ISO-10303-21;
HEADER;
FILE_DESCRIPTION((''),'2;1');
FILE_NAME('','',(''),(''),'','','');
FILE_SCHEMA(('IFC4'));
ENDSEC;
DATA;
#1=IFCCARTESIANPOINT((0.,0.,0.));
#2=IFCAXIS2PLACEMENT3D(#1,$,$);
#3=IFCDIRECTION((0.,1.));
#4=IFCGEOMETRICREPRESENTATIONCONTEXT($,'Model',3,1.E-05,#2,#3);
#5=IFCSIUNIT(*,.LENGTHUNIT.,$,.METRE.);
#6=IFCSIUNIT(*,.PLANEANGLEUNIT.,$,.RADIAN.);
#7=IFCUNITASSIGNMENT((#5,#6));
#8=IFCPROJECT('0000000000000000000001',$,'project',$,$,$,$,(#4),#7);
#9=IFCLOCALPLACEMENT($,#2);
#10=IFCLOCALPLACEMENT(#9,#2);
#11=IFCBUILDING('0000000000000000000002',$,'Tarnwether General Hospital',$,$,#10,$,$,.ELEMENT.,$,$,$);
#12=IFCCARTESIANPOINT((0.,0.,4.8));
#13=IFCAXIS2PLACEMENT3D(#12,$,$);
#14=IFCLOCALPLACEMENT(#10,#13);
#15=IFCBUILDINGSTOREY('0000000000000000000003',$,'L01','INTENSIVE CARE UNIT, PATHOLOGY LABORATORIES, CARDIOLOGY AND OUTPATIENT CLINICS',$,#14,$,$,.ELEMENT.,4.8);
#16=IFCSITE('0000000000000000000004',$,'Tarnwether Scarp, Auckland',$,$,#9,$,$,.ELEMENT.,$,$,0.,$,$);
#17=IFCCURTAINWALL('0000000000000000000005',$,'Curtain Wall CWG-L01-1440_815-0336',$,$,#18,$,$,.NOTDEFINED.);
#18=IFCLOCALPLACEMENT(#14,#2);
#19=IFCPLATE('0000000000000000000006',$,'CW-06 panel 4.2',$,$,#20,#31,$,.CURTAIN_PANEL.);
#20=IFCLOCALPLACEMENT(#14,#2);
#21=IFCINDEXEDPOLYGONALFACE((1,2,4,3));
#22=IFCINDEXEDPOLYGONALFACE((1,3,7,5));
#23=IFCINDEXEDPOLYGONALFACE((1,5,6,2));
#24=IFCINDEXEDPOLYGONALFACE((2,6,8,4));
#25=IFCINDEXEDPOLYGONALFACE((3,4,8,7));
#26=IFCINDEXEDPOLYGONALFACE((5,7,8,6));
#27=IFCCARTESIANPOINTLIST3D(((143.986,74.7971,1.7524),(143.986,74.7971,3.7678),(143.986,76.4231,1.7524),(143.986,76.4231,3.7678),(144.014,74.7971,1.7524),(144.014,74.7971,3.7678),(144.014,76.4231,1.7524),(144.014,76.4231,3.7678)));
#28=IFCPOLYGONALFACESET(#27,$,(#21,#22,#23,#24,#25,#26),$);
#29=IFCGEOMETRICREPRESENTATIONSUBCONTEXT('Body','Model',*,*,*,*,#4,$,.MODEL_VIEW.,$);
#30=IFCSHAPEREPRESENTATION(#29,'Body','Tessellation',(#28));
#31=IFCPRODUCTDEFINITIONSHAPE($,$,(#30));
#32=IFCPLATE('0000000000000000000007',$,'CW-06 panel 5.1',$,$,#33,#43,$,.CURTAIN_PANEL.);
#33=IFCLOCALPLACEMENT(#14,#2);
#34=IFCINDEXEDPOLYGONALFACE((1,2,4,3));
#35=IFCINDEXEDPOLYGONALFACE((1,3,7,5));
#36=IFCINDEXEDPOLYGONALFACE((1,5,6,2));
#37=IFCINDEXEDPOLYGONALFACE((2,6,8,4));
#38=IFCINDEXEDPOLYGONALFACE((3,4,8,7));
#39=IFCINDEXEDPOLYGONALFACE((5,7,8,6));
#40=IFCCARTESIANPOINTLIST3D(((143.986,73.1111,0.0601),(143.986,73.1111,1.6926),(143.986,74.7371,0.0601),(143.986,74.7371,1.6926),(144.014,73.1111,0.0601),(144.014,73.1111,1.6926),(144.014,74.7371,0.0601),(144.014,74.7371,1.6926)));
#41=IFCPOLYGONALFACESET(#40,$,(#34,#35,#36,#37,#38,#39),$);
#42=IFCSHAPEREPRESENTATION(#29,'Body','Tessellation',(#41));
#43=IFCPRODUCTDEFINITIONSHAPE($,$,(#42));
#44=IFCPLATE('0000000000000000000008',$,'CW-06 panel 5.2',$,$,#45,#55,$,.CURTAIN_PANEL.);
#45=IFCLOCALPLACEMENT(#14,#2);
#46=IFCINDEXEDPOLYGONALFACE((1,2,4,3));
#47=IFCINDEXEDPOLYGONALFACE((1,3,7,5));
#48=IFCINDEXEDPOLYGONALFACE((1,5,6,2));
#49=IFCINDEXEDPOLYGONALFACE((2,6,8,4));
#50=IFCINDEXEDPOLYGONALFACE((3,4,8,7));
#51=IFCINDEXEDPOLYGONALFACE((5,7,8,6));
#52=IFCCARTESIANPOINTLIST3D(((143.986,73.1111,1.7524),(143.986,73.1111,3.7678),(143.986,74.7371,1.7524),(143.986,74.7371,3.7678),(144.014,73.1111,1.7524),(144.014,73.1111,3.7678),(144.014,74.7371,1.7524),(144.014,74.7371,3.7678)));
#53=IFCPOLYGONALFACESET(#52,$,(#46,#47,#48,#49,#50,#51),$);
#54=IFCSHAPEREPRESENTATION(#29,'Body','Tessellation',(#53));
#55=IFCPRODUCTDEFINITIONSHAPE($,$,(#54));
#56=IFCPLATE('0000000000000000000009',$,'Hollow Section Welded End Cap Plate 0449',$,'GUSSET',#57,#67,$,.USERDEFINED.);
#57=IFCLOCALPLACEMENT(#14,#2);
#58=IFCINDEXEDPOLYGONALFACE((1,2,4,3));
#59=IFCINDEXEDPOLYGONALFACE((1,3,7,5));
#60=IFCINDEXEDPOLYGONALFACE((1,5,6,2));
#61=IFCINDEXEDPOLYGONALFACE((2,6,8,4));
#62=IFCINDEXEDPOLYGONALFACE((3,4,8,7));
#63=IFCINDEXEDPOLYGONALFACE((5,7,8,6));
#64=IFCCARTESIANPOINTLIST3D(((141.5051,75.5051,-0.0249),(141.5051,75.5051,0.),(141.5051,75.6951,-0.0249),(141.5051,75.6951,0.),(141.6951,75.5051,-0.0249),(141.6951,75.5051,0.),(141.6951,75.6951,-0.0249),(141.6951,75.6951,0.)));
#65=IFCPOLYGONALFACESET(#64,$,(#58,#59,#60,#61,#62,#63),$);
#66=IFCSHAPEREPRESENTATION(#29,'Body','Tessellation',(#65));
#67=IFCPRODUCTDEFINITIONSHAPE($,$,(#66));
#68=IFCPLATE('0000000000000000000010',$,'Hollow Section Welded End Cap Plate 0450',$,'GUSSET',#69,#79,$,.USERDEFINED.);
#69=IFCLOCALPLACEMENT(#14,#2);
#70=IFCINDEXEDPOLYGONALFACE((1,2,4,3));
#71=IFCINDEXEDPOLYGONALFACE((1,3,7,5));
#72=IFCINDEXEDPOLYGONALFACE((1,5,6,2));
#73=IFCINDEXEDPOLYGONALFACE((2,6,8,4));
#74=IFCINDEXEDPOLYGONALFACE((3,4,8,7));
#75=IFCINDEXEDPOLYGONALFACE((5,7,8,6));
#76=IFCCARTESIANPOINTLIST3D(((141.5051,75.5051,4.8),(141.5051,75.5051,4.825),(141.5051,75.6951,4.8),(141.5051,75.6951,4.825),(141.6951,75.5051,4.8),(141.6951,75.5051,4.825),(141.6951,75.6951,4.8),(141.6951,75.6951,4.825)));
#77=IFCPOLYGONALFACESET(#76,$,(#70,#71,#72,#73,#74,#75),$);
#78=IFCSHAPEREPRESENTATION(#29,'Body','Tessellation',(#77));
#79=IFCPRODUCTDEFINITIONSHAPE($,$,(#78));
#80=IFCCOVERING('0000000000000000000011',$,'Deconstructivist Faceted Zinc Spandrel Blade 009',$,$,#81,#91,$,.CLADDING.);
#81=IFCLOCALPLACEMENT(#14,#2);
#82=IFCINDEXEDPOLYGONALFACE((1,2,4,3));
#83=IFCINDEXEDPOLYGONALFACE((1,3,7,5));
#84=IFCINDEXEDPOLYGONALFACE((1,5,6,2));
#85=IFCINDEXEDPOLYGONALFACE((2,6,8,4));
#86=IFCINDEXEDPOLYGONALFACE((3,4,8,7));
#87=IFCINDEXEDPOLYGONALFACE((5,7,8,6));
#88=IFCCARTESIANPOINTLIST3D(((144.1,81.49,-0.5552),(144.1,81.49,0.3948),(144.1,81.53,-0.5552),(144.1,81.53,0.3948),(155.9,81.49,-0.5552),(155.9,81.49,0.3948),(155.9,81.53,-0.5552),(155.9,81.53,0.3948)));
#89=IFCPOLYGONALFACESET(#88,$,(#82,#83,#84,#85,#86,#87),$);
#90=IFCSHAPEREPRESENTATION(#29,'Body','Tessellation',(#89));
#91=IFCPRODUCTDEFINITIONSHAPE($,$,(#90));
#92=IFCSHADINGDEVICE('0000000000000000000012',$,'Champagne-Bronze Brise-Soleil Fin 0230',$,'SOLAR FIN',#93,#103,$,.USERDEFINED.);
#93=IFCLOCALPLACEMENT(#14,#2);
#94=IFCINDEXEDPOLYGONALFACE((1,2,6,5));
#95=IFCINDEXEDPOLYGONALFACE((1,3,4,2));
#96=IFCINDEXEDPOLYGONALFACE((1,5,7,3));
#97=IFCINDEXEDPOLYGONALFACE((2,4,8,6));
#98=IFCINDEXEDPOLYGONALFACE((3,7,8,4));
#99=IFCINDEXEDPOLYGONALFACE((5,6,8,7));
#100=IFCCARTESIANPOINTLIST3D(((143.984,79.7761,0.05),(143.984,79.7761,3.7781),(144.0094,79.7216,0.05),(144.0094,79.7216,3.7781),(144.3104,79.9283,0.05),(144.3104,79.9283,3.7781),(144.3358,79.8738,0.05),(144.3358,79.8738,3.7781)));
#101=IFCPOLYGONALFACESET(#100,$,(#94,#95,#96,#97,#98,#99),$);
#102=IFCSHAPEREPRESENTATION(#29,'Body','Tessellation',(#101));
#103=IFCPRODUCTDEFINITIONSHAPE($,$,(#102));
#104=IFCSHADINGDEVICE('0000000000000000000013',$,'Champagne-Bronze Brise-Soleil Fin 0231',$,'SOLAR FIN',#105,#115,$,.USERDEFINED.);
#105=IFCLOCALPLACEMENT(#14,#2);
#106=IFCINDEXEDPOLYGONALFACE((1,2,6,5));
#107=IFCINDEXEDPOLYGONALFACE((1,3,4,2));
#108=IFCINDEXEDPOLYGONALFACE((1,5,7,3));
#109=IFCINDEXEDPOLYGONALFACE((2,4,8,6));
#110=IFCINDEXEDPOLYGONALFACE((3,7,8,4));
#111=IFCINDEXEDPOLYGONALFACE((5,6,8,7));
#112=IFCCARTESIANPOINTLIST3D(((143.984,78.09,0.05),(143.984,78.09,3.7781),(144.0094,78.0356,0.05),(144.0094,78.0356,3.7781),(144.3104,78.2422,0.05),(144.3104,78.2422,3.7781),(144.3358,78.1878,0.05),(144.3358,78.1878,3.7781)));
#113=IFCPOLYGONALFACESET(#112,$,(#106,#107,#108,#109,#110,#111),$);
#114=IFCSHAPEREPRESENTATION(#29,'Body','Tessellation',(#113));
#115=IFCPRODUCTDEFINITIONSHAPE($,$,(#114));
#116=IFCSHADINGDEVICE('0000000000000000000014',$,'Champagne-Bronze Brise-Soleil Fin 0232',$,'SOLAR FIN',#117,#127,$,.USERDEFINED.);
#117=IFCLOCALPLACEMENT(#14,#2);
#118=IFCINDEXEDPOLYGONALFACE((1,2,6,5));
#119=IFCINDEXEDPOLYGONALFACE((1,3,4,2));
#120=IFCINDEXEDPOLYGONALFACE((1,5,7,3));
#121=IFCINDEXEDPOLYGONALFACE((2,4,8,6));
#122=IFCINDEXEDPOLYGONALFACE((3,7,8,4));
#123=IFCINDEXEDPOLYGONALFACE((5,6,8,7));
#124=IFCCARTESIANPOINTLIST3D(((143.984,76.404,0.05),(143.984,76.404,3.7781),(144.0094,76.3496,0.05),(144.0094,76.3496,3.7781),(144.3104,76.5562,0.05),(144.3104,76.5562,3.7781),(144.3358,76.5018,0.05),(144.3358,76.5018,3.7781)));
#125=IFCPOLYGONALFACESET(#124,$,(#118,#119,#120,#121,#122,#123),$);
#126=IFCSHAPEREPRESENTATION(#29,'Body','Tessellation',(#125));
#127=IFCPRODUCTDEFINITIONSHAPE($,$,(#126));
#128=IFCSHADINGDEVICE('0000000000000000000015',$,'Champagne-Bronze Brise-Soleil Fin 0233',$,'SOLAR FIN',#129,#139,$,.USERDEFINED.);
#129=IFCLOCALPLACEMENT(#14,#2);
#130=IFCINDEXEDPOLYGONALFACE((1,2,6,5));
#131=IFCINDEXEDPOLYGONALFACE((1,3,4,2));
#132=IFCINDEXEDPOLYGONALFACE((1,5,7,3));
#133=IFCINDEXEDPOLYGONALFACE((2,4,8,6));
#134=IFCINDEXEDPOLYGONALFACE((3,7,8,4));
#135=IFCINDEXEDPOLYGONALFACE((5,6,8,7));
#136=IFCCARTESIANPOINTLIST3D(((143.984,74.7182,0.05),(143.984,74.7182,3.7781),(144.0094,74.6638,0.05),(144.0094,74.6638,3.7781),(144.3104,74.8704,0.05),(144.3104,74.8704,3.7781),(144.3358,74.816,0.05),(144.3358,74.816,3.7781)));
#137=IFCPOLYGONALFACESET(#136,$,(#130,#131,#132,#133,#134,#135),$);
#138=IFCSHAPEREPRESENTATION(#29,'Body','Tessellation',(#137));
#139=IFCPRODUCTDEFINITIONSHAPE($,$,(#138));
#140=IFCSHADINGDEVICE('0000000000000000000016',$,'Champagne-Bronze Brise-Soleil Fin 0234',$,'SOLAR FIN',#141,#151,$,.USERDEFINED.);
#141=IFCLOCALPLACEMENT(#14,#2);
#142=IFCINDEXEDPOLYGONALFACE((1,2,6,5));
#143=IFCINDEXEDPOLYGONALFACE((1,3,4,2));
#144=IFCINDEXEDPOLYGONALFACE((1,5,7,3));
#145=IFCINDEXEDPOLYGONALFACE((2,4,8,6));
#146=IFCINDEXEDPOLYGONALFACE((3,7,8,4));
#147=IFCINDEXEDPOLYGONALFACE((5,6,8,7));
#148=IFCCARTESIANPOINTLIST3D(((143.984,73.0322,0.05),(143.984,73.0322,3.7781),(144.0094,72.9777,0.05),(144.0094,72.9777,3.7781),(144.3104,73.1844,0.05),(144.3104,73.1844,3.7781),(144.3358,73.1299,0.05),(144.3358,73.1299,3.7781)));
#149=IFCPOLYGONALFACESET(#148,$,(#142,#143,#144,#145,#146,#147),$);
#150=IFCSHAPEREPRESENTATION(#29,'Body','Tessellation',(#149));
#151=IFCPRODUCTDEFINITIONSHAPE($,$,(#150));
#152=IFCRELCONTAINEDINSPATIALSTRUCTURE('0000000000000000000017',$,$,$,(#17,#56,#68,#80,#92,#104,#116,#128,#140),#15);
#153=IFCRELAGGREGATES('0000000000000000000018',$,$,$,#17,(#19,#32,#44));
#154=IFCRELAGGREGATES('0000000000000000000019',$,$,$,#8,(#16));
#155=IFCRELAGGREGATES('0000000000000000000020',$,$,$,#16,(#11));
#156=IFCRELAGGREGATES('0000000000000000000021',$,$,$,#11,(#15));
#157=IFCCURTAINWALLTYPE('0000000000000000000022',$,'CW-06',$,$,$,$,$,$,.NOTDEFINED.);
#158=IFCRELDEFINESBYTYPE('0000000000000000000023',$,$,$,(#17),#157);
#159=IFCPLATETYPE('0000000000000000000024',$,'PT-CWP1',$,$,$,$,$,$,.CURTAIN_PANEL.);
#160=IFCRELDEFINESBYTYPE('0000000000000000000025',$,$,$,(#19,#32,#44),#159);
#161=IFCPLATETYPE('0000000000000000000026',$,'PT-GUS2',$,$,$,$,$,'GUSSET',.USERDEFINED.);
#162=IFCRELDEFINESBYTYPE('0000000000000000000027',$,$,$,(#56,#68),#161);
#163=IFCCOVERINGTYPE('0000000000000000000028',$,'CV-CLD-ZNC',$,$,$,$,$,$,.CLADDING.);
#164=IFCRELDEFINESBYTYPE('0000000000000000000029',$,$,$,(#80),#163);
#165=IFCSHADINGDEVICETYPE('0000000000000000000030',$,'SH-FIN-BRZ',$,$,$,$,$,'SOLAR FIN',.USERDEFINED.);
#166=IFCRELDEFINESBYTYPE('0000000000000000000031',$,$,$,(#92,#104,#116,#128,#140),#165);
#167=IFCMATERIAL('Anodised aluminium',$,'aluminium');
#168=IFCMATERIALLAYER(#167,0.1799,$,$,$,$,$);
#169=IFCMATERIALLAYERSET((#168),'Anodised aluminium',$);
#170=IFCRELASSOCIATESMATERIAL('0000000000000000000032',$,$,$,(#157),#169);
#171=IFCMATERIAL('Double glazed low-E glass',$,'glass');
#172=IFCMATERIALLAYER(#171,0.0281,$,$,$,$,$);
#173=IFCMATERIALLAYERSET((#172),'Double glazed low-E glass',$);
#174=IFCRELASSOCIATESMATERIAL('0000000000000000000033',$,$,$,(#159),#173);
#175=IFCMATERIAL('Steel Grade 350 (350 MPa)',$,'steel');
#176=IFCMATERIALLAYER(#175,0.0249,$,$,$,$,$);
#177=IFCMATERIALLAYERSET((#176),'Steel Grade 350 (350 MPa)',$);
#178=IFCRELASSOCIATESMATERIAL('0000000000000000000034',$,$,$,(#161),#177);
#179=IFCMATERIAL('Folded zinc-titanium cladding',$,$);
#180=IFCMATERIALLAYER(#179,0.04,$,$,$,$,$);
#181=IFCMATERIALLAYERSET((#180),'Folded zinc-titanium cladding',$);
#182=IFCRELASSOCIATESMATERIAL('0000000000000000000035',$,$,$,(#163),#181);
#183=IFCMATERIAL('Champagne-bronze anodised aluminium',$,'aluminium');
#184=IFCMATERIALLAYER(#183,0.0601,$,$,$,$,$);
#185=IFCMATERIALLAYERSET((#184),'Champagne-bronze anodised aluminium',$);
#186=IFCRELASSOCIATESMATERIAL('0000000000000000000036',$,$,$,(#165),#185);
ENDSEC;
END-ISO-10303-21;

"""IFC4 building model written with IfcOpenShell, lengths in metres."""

from ifc_helpers import new_model, si_unit, direction, frame, origin, origin_2d, place, context, subcontext, project, spatial, rectangle, extrude, material, layer, layer_set, type_object, element, aggregate, save


model = new_model("IFC4")

# Units and contexts
model_context = context("Model", 3, precision=1e-05, world=origin(), true_north=direction((0.0, 1.0)))
body_context = subcontext(model_context, "Body", "Model", "MODEL_VIEW")
ifc_project = project(units=[si_unit("LENGTHUNIT", "METRE"), si_unit("PLANEANGLEUNIT", "RADIAN")], contexts=[model_context])

# Site, building, storey
site_placement = place(None, origin())
site = spatial("IfcSite", under=ifc_project, at=site_placement, Name="Tarnwether Scarp, Auckland", CompositionType="ELEMENT", RefElevation=0.0)
building_placement = place(site_placement, origin())
building = spatial("IfcBuilding", under=site, at=building_placement, Name="Tarnwether General Hospital", CompositionType="ELEMENT")
storey_placement = place(building_placement, frame((0.0, 0.0, 4.8)))
storey = spatial("IfcBuildingStorey", under=building, at=storey_placement, Name="L01", Description="INTENSIVE CARE UNIT, PATHOLOGY LABORATORIES, CARDIOLOGY AND OUTPATIENT CLINICS", CompositionType="ELEMENT", Elevation=4.8)

# Curtain wall, plates
ifc_material_1 = material(Name="Anodised aluminium", Category="aluminium")
ifc_layer_1 = layer(ifc_material_1, 0.1799)
ifc_layer_set_1 = layer_set([ifc_layer_1], Name="Anodised aluminium")
curtain_wall_type = type_object("IfcCurtainWallType", Name="CW-06", PredefinedType="NOTDEFINED", material=ifc_layer_set_1)
curtain_wall_placement = place(storey_placement, origin())
curtain_wall = element("IfcCurtainWall", 1, at=curtain_wall_placement, inside=storey, type_object=curtain_wall_type, Name="Curtain Wall CWG-L01-1440_815-0336", PredefinedType="NOTDEFINED")
ifc_material_2 = material(Name="Double glazed low-E glass", Category="glass")
ifc_layer_2 = layer(ifc_material_2, 0.0281)
ifc_layer_set_2 = layer_set([ifc_layer_2], Name="Double glazed low-E glass")
plate_type_1 = type_object("IfcPlateType", Name="PT-CWP1", PredefinedType="CURTAIN_PANEL", material=ifc_layer_set_2)
plate_1_placement = place(storey_placement, frame((144.0, 75.6101, 1.7524), z_axis=(0.0, 0.0, 1.0), x_axis=(0.0, -1.0, 0.0)))
plate_1 = element("IfcPlate", 2, at=plate_1_placement, type_object=plate_type_1, Name="CW-06 panel 4.2", PredefinedType="CURTAIN_PANEL", context=body_context, shape_type="SweptSolid", body=[
    extrude(rectangle(XDim=1.626, YDim=0.0281, at=origin_2d()), origin(), (0.0, 0.0, 1.0), 2.0154),
])
plate_2_placement = place(storey_placement, frame((144.0, 73.9241, 0.0601), z_axis=(0.0, 0.0, 1.0), x_axis=(0.0, -1.0, 0.0)))
plate_2 = element("IfcPlate", 3, at=plate_2_placement, type_object=plate_type_1, Name="CW-06 panel 5.1", PredefinedType="CURTAIN_PANEL", context=body_context, shape_type="SweptSolid", body=[
    extrude(rectangle(XDim=1.626, YDim=0.0281, at=origin_2d()), origin(), (0.0, 0.0, 1.0), 1.6326),
])
plate_3_placement = place(storey_placement, frame((144.0, 73.9241, 1.7524), z_axis=(0.0, 0.0, 1.0), x_axis=(0.0, -1.0, 0.0)))
plate_3 = element("IfcPlate", 4, at=plate_3_placement, type_object=plate_type_1, Name="CW-06 panel 5.2", PredefinedType="CURTAIN_PANEL", context=body_context, shape_type="SweptSolid", body=[
    extrude(rectangle(XDim=1.626, YDim=0.0281, at=origin_2d()), origin(), (0.0, 0.0, 1.0), 2.0154),
])
aggregate(curtain_wall, [plate_1, plate_2, plate_3])

# Plates
ifc_material_3 = material(Name="Steel Grade 350 (350 MPa)", Category="steel")
ifc_layer_3 = layer(ifc_material_3, 0.0249)
ifc_layer_set_3 = layer_set([ifc_layer_3], Name="Steel Grade 350 (350 MPa)")
plate_type_2 = type_object("IfcPlateType", Name="PT-GUS2", ElementType="GUSSET", PredefinedType="USERDEFINED", material=ifc_layer_set_3)
for number, where, z_axis, x_axis, name in (
    (5, (141.6001, 75.6001, -0.0249), (0.0, 0.0, 1.0), (1.0, 0.0, 0.0), "Hollow Section Welded End Cap Plate 0449"),
    (6, (141.6001, 75.6001, 4.8), (0.0, 0.0, 1.0), (1.0, 0.0, 0.0), "Hollow Section Welded End Cap Plate 0450"),
):
    element("IfcPlate", number, at=place(storey_placement, frame(where, z_axis=z_axis, x_axis=x_axis)), inside=storey, type_object=plate_type_2, Name=name, ObjectType="GUSSET", PredefinedType="USERDEFINED", context=body_context, shape_type="SweptSolid", body=[
        extrude(rectangle(XDim=0.1899, YDim=0.1899, at=origin_2d()), origin(), (0.0, 0.0, 1.0), 0.0249),
    ])

# Covering
ifc_material_4 = material(Name="Folded zinc-titanium cladding")
ifc_layer_4 = layer(ifc_material_4, 0.04)
ifc_layer_set_4 = layer_set([ifc_layer_4], Name="Folded zinc-titanium cladding")
covering_type = type_object("IfcCoveringType", Name="CV-CLD-ZNC", PredefinedType="CLADDING", material=ifc_layer_set_4)
covering_placement = place(storey_placement, frame((150.0, 81.51, -0.5552), z_axis=(0.0, 0.0, 1.0), x_axis=(1.0, 0.0, 0.0)))
element("IfcCovering", 7, at=covering_placement, inside=storey, type_object=covering_type, Name="Deconstructivist Faceted Zinc Spandrel Blade 009", PredefinedType="CLADDING", context=body_context, shape_type="SweptSolid", body=[
    extrude(rectangle(XDim=11.8, YDim=0.04, at=origin_2d()), origin(), (0.0, 0.0, 1.0), 0.95),
])

# Shading devices
ifc_material_5 = material(Name="Champagne-bronze anodised aluminium", Category="aluminium")
ifc_layer_5 = layer(ifc_material_5, 0.0601)
ifc_layer_set_5 = layer_set([ifc_layer_5], Name="Champagne-bronze anodised aluminium")
shading_device_type = type_object("IfcShadingDeviceType", Name="SH-FIN-BRZ", ElementType="SOLAR FIN", PredefinedType="USERDEFINED", material=ifc_layer_set_5)
for number, where, z_axis, x_axis, name in (
    (8, (144.1599, 79.825, 0.05), (0.0, 0.0, 1.0), (0.422618, -0.906308, 0.0), "Champagne-Bronze Brise-Soleil Fin 0230"),
    (9, (144.1599, 78.1389, 0.05), (0.0, 0.0, 1.0), (0.422618, -0.906308, 0.0), "Champagne-Bronze Brise-Soleil Fin 0231"),
    (10, (144.1599, 76.4529, 0.05), (0.0, 0.0, 1.0), (0.422618, -0.906308, 0.0), "Champagne-Bronze Brise-Soleil Fin 0232"),
    (11, (144.1599, 74.7671, 0.05), (0.0, 0.0, 1.0), (0.422618, -0.906308, 0.0), "Champagne-Bronze Brise-Soleil Fin 0233"),
    (12, (144.1599, 73.0811, 0.05), (0.0, 0.0, 1.0), (0.422618, -0.906308, 0.0), "Champagne-Bronze Brise-Soleil Fin 0234"),
):
    element("IfcShadingDevice", number, at=place(storey_placement, frame(where, z_axis=z_axis, x_axis=x_axis)), inside=storey, type_object=shading_device_type, Name=name, ObjectType="SOLAR FIN", PredefinedType="USERDEFINED", context=body_context, shape_type="SweptSolid", body=[
        extrude(rectangle(XDim=0.0601, YDim=0.3601, at=origin_2d()), origin(), (0.0, 0.0, 1.0), 3.728),
    ])

save(model, "model.ifc")
